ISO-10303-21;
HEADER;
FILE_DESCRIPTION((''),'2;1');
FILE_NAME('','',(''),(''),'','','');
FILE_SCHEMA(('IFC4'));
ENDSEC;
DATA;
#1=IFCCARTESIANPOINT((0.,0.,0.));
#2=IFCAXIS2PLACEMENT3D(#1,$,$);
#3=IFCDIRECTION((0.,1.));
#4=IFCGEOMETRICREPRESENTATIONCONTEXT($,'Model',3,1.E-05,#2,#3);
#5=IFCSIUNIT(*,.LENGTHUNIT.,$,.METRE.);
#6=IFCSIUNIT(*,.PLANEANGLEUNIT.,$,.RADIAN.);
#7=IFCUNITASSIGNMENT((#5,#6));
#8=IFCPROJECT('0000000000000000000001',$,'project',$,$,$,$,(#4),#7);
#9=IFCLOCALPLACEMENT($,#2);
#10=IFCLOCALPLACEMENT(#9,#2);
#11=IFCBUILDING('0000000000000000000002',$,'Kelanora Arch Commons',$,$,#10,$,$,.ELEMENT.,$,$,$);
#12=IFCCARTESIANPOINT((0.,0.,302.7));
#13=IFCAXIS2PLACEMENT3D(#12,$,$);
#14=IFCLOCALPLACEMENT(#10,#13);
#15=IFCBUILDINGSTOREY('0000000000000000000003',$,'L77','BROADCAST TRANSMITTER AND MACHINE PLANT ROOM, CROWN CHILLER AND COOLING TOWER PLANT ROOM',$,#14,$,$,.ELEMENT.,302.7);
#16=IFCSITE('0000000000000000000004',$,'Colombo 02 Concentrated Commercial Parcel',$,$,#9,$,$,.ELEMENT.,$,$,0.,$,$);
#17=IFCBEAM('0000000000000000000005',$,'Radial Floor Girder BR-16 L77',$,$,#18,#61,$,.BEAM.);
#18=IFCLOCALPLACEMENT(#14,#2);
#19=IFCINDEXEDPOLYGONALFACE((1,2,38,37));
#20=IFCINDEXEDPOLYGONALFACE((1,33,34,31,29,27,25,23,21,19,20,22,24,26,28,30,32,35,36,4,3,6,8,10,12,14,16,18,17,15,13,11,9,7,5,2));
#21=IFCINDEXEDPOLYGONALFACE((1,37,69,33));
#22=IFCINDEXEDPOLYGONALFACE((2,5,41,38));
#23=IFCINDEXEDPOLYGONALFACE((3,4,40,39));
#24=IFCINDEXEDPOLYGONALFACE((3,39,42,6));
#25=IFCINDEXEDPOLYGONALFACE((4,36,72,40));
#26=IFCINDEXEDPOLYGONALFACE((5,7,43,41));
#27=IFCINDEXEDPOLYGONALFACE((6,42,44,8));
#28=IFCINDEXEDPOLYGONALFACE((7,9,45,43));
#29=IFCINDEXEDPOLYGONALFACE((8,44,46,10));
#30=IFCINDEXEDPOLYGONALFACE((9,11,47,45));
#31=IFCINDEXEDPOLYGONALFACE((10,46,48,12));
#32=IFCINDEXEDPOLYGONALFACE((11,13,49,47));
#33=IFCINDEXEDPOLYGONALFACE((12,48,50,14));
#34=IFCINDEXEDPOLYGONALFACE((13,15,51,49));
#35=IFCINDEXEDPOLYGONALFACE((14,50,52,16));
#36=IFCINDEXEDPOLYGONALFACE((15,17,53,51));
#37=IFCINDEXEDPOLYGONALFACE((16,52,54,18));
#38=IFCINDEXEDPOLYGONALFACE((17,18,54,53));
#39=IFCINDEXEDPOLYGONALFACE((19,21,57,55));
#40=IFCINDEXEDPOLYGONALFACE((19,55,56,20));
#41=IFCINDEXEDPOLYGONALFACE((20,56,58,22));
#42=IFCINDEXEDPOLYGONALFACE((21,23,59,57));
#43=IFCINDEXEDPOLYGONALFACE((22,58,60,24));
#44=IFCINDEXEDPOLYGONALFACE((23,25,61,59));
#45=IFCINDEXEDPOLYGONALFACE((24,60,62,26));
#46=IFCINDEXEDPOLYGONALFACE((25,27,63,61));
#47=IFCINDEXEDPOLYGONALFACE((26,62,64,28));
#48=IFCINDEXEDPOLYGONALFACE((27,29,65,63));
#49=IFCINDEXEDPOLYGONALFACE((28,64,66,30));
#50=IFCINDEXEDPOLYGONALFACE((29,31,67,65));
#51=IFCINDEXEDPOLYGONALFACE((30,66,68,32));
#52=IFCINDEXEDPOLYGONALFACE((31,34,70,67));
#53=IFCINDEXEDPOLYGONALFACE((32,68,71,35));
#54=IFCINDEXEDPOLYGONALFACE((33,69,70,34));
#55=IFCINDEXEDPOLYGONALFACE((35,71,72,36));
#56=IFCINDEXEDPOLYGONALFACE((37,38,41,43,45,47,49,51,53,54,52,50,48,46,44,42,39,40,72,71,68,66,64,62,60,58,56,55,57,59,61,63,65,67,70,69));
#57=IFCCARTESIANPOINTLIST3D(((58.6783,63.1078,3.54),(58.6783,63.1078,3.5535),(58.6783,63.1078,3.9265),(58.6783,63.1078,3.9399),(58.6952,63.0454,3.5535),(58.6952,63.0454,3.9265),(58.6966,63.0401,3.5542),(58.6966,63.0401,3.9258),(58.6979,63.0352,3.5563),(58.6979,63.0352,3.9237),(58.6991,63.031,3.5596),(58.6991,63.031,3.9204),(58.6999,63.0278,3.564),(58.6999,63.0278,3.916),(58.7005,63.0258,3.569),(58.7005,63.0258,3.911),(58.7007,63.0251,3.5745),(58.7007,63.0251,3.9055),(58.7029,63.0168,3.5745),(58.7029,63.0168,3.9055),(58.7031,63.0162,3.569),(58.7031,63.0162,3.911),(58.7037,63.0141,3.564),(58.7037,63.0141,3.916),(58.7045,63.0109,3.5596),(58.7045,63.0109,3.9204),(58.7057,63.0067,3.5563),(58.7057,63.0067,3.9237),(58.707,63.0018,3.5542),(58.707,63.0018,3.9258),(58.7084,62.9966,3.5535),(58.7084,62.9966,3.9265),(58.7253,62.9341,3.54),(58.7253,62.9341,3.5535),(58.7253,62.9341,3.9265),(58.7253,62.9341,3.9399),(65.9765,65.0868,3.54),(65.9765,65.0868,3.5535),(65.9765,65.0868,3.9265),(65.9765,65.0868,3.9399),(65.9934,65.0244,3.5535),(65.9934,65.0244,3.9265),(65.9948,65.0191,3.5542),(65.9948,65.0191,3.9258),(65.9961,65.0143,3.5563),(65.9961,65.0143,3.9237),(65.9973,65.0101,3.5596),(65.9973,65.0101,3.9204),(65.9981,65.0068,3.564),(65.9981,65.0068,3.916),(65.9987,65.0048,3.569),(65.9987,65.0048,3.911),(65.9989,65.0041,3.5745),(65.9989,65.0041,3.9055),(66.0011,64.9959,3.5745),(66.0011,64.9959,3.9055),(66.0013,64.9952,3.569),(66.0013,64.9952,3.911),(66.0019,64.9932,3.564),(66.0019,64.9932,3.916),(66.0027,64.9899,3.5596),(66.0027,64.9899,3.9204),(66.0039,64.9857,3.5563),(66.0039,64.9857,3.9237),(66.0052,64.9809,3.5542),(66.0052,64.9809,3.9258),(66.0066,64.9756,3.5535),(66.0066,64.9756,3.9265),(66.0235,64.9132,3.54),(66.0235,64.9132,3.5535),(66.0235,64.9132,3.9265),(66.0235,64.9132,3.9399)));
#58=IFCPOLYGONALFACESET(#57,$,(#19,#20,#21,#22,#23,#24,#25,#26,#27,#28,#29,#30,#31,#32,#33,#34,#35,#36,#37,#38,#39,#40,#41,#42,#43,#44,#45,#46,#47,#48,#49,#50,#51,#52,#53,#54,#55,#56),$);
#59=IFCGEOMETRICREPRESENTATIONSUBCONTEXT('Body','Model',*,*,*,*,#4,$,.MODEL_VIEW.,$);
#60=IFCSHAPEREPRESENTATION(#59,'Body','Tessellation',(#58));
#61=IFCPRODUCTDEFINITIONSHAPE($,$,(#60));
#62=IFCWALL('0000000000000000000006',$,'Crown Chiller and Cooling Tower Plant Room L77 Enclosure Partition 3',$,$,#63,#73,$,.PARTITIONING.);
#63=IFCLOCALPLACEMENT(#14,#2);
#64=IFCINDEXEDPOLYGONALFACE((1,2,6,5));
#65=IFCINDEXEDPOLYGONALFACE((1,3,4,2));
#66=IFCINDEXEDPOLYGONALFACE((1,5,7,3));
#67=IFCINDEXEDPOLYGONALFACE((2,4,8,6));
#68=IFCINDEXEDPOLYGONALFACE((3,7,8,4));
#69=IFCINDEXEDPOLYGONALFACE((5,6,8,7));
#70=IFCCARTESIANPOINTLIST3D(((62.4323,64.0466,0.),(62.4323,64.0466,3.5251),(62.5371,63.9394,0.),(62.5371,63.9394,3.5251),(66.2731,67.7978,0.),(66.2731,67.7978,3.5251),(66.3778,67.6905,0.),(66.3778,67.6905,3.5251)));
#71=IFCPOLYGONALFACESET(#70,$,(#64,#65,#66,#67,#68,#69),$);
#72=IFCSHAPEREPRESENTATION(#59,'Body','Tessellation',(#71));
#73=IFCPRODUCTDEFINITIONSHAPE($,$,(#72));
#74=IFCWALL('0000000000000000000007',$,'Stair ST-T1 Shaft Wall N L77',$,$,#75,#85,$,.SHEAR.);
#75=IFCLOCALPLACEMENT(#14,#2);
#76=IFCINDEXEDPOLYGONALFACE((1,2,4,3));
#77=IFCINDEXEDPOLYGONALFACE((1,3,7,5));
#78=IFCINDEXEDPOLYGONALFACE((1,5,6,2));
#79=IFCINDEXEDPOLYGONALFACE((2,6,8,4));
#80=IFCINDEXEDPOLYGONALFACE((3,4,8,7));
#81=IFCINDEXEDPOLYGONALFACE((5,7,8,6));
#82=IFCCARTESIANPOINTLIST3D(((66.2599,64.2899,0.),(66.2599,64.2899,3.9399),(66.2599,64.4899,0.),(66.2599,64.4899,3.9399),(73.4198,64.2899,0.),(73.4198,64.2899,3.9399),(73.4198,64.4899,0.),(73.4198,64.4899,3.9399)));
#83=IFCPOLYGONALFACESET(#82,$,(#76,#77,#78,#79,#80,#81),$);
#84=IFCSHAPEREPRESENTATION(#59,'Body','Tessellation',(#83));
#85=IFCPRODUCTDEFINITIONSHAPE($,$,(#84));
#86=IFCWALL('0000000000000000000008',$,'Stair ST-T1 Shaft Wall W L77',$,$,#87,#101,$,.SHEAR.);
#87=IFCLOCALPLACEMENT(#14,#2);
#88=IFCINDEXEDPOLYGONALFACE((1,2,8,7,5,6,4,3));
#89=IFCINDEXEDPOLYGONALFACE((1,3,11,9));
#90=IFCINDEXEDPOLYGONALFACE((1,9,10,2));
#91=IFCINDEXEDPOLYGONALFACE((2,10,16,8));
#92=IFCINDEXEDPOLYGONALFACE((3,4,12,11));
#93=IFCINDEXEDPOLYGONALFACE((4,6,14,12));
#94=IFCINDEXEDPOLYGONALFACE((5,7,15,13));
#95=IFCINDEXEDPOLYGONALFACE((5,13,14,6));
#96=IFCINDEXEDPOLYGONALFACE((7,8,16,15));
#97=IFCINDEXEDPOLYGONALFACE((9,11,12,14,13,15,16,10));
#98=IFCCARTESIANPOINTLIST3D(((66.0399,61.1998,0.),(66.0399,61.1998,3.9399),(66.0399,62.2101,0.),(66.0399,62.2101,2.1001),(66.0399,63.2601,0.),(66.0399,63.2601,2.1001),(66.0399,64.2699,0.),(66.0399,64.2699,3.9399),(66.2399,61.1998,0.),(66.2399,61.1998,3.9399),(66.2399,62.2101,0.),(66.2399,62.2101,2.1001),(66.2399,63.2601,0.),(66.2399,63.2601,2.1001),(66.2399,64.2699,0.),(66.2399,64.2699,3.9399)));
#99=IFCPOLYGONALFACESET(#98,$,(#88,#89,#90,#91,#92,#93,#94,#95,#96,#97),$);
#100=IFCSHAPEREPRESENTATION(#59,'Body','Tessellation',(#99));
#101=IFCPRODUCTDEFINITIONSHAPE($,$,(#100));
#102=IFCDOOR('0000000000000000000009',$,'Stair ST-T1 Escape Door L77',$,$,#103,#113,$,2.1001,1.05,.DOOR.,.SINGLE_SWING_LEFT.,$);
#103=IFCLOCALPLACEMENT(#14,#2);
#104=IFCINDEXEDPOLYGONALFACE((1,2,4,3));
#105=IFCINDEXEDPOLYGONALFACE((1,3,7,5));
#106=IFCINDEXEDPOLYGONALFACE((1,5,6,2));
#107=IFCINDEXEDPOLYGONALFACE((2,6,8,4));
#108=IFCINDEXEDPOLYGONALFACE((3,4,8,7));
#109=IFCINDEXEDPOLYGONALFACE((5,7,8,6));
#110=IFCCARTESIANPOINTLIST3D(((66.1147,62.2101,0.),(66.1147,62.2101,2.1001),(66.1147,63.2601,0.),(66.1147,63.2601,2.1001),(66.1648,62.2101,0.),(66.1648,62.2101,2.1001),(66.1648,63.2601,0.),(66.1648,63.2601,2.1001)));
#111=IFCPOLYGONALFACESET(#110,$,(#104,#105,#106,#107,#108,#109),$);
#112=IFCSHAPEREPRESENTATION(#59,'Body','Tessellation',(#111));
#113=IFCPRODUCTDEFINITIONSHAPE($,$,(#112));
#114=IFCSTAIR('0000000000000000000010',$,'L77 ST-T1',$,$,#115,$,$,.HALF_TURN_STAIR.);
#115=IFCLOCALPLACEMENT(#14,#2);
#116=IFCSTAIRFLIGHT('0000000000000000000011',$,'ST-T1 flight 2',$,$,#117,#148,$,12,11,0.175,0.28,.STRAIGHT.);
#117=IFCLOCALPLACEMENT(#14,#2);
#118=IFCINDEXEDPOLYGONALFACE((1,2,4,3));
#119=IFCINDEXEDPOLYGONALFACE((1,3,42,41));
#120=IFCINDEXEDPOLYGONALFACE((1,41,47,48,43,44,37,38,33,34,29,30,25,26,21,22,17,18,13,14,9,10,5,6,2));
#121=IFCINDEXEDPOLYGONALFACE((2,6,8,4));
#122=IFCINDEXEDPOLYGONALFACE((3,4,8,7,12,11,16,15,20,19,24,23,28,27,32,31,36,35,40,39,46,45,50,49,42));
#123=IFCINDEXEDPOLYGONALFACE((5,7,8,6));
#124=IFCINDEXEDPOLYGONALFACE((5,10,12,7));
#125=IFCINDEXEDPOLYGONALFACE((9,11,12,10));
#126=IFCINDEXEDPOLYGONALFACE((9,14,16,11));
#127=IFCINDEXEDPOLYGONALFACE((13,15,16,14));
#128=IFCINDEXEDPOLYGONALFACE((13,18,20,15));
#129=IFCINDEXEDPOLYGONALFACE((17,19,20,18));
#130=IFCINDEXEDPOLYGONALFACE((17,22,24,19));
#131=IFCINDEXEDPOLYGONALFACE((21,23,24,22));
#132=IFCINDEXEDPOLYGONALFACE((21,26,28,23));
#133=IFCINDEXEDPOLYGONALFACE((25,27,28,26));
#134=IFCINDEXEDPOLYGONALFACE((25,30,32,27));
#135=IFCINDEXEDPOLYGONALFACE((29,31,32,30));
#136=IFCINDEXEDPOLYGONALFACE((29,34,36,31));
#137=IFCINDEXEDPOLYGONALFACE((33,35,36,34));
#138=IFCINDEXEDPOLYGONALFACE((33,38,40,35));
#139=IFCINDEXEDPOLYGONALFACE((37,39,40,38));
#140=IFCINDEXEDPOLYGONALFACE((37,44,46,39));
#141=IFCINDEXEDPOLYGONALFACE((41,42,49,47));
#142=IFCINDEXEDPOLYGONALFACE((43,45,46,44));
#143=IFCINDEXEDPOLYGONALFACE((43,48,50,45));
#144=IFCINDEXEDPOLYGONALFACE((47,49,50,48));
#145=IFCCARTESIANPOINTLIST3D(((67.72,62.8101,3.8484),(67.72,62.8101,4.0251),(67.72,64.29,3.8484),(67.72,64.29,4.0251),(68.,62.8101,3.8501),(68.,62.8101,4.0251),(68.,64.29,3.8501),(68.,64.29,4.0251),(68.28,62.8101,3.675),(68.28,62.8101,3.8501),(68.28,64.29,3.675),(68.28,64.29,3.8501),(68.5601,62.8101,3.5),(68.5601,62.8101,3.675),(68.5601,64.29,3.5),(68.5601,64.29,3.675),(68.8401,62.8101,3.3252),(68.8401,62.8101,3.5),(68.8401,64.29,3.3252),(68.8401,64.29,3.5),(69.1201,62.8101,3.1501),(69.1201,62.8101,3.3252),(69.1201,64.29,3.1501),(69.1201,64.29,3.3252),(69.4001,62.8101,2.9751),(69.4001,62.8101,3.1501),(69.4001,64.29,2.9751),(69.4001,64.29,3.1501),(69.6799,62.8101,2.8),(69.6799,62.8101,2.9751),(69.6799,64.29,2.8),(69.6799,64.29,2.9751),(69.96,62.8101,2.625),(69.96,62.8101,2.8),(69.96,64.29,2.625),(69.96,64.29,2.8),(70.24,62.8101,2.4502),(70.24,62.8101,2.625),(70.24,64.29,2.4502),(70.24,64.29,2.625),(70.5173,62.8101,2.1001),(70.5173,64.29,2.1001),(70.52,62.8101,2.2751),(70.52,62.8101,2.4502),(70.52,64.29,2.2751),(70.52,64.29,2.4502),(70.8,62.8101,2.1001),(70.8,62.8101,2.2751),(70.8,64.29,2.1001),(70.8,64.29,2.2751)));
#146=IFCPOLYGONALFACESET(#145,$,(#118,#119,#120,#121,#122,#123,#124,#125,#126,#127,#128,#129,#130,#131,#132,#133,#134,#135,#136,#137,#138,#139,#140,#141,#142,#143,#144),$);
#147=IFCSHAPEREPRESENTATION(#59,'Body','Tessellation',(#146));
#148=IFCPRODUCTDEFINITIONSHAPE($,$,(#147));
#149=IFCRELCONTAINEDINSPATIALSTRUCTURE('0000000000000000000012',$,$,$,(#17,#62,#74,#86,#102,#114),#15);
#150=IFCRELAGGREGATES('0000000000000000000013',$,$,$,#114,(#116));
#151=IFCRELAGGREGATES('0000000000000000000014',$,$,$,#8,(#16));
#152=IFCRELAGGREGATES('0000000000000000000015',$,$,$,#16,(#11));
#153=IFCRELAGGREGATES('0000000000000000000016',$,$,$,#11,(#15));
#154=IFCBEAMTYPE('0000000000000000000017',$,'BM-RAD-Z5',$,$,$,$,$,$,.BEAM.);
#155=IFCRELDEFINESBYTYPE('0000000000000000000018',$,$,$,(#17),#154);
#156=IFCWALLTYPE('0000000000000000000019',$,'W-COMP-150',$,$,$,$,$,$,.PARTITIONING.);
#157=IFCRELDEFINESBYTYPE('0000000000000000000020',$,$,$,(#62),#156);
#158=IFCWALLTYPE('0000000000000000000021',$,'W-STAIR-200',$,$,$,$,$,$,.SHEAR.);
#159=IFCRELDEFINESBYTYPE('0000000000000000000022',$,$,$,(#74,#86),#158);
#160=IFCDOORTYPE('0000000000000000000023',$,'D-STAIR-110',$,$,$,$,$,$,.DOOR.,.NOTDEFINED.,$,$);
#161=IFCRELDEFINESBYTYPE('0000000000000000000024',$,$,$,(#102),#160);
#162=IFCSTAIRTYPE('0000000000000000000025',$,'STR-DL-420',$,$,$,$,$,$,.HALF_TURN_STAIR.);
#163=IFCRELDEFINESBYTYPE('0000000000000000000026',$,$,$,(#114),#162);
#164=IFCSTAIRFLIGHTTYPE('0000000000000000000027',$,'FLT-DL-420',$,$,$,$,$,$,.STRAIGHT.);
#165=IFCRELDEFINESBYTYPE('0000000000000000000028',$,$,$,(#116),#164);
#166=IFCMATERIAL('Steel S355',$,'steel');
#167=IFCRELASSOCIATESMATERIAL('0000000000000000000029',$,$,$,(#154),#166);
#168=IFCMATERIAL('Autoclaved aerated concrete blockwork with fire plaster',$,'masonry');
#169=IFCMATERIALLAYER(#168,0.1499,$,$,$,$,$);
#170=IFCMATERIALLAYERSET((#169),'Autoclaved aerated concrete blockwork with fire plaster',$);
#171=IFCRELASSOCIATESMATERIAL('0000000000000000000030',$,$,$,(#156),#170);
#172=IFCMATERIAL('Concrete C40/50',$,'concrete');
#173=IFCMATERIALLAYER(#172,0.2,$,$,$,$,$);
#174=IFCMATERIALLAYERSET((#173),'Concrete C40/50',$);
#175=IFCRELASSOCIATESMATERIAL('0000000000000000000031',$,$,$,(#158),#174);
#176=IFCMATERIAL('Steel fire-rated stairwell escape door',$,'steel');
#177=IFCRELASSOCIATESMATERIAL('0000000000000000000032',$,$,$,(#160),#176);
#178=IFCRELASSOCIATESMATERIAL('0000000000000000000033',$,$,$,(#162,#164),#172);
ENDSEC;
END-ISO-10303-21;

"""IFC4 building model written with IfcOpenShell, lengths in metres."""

from ifc_helpers import new_model, si_unit, direction, frame, frame_2d, origin, origin_2d, place, context, subcontext, project, spatial, polyline, rectangle, i_section, outline, extrude, material, layer, layer_set, material_profile, profile_set, type_object, element, fill, aggregate, save


model = new_model("IFC4")

# Units and contexts
model_context = context("Model", 3, precision=1e-05, world=origin(), true_north=direction((0.0, 1.0)))
body_context = subcontext(model_context, "Body", "Model", "MODEL_VIEW")
ifc_project = project(units=[si_unit("LENGTHUNIT", "METRE"), si_unit("PLANEANGLEUNIT", "RADIAN")], contexts=[model_context])

# Site, building, storey
site_placement = place(None, origin())
site = spatial("IfcSite", under=ifc_project, at=site_placement, Name="Colombo 02 Concentrated Commercial Parcel", CompositionType="ELEMENT", RefElevation=0.0)
building_placement = place(site_placement, origin())
building = spatial("IfcBuilding", under=site, at=building_placement, Name="Kelanora Arch Commons", CompositionType="ELEMENT")
storey_placement = place(building_placement, frame((0.0, 0.0, 302.7)))
storey = spatial("IfcBuildingStorey", under=building, at=storey_placement, Name="L77", Description="BROADCAST TRANSMITTER AND MACHINE PLANT ROOM, CROWN CHILLER AND COOLING TOWER PLANT ROOM", CompositionType="ELEMENT", Elevation=302.7)

# Beam
ifc_material_1 = material(Name="Steel S355", Category="steel")
ifc_material_profile_1 = material_profile(ifc_material_1, i_section(OverallWidth=0.1799, OverallDepth=0.3999, WebThickness=0.0085, FlangeThickness=0.0134, FilletRadius=0.021, at=origin_2d()), Name="IPE400")
ifc_profile_set_1 = profile_set([ifc_material_profile_1], Name="Steel S355")
beam_type_1 = type_object("IfcBeamType", Name="BM-RAD-Z5", PredefinedType="BEAM", material=ifc_profile_set_1)
beam_1_placement = place(storey_placement, frame((66.0, 65.0, 3.74), z_axis=(-0.965145, -0.261716, 0.0), x_axis=(0.261716, -0.965145, 0.0)))
element("IfcBeam", 1, at=beam_1_placement, inside=storey, type_object=beam_type_1, Name="Radial Floor Girder BR-16 L77", PredefinedType="BEAM", context=body_context, shape_type="SweptSolid", body=[
    extrude(i_section(OverallWidth=0.1799, OverallDepth=0.3999, WebThickness=0.0085, FlangeThickness=0.0134, FilletRadius=0.021, at=origin_2d()), origin(), (0.0, 0.0, 1.0), 7.5618),
])

# Walls
ifc_material_2 = material(Name="Autoclaved aerated concrete blockwork with fire plaster", Category="masonry")
ifc_layer_1 = layer(ifc_material_2, 0.1499)
ifc_layer_set_1 = layer_set([ifc_layer_1], Name="Autoclaved aerated concrete blockwork with fire plaster")
wall_type_1 = type_object("IfcWallType", Name="W-COMP-150", PredefinedType="PARTITIONING", material=ifc_layer_set_1)
wall_1_placement = place(storey_placement, frame((66.3254, 67.7441, 0.0), z_axis=(0.0, 0.0, 1.0), x_axis=(-0.715402, -0.698713, 0.0)))
element("IfcWall", 2, at=wall_1_placement, inside=storey, type_object=wall_type_1, Name="Crown Chiller and Cooling Tower Plant Room L77 Enclosure Partition 3", PredefinedType="PARTITIONING", context=body_context, shape_type="SweptSolid", body=[
    extrude(rectangle(XDim=5.3687, YDim=0.1499, at=frame_2d((2.6843, 0.0))), origin(), (0.0, 0.0, 1.0), 3.5251),
])
ifc_material_3 = material(Name="Concrete C40/50", Category="concrete")
ifc_layer_2 = layer(ifc_material_3, 0.2)
ifc_layer_set_2 = layer_set([ifc_layer_2], Name="Concrete C40/50")
wall_type_2 = type_object("IfcWallType", Name="W-STAIR-200", PredefinedType="SHEAR", material=ifc_layer_set_2)
wall_2_placement = place(storey_placement, frame((73.4199, 64.3899, 0.0), z_axis=(0.0, 0.0, 1.0), x_axis=(-1.0, 0.0, 0.0)))
element("IfcWall", 3, at=wall_2_placement, inside=storey, type_object=wall_type_2, Name="Stair ST-T1 Shaft Wall N L77", PredefinedType="SHEAR", context=body_context, shape_type="SweptSolid", body=[
    extrude(rectangle(XDim=7.1599, YDim=0.2, at=frame_2d((3.5801, 0.0))), origin(), (0.0, 0.0, 1.0), 3.9399),
])

# Wall, opening, door
wall_3_placement = place(storey_placement, frame((66.1399, 64.27, 0.0), z_axis=(0.0, 0.0, 1.0), x_axis=(0.0, -1.0, 0.0)))
wall_3 = element("IfcWall", 4, at=wall_3_placement, inside=storey, type_object=wall_type_2, Name="Stair ST-T1 Shaft Wall W L77", PredefinedType="SHEAR", context=body_context, shape_type="SweptSolid", body=[
    extrude(rectangle(XDim=3.0701, YDim=0.2, at=frame_2d((1.5352, 0.0))), origin(), (0.0, 0.0, 1.0), 3.9399),
])
opening_placement = place(wall_3_placement, frame((1.01, 0.0, 0.0)))
opening = element("IfcOpeningElement", 5, at=opening_placement, cuts=wall_3, PredefinedType="OPENING", context=body_context, shape_type="SweptSolid", body=[
    extrude(rectangle(XDim=1.05, YDim=2.1001, at=frame_2d((0.5249, 1.05))), frame((0.0, 0.1099, 0.0), z_axis=(0.0, -1.0, 0.0), x_axis=(1.0, 0.0, 0.0)), (0.0, 0.0, 1.0), 0.22),
])
ifc_material_4 = material(Name="Steel fire-rated stairwell escape door", Category="steel")
door_type = type_object("IfcDoorType", Name="D-STAIR-110", OperationType="NOTDEFINED", PredefinedType="DOOR", material=ifc_material_4)
door_placement = place(opening_placement, origin())
door = element("IfcDoor", 6, at=door_placement, inside=storey, type_object=door_type, Name="Stair ST-T1 Escape Door L77", OperationType="SINGLE_SWING_LEFT", OverallHeight=2.1001, OverallWidth=1.05, PredefinedType="DOOR", context=body_context, shape_type="SweptSolid", body=[
    extrude(rectangle(XDim=1.05, YDim=2.1001, at=frame_2d((0.5249, 1.05))), frame((0.0, 0.0249, 0.0), z_axis=(0.0, -1.0, 0.0), x_axis=(1.0, 0.0, 0.0)), (0.0, 0.0, 1.0), 0.05),
])
fill(opening, door)

# Stair, stair flight
stair_type = type_object("IfcStairType", Name="STR-DL-420", PredefinedType="HALF_TURN_STAIR", material=ifc_material_3)
stair_placement = place(storey_placement, origin())
stair = element("IfcStair", 7, at=stair_placement, inside=storey, type_object=stair_type, Name="L77 ST-T1", PredefinedType="HALF_TURN_STAIR")
stair_flight_type = type_object("IfcStairFlightType", Name="FLT-DL-420", PredefinedType="STRAIGHT", material=ifc_material_3)
stair_flight_placement = place(storey_placement, frame((70.8, 63.55, 2.1001), z_axis=(0.0, 0.0, 1.0), x_axis=(-1.0, 0.0, 0.0)))
stair_flight = element("IfcStairFlight", 8, at=stair_flight_placement, type_object=stair_flight_type, Name="ST-T1 flight 2", NumberOfRisers=12, NumberOfTreads=11, PredefinedType="STRAIGHT", RiserHeight=0.175, TreadLength=0.28, context=body_context, shape_type="SweptSolid", body=[
    extrude(outline(polyline([(0.0, 0.0), (0.0, 0.175), (0.28, 0.175), (0.28, 0.3501), (0.5601, 0.3501), (0.5601, 0.5249), (0.8401, 0.5249), (0.8401, 0.7), (1.1201, 0.7), (1.1201, 0.875), (1.3999, 0.875), (1.3999, 1.05), (1.6799, 1.05), (1.6799, 1.2251), (1.96, 1.2251), (1.96, 1.3999), (2.24, 1.3999), (2.24, 1.575), (2.52, 1.575), (2.52, 1.75), (2.8, 1.75), (2.8, 1.925), (3.0801, 1.925), (3.0801, 2.1001), (3.0801, 1.7483), (0.2827, 0.0), (0.0, 0.0)])), frame((0.0, 0.74, 0.0), z_axis=(0.0, -1.0, 0.0), x_axis=(1.0, 0.0, 0.0)), (0.0, 0.0, 1.0), 1.48),
])
aggregate(stair, [stair_flight])

save(model, "model.ifc")
